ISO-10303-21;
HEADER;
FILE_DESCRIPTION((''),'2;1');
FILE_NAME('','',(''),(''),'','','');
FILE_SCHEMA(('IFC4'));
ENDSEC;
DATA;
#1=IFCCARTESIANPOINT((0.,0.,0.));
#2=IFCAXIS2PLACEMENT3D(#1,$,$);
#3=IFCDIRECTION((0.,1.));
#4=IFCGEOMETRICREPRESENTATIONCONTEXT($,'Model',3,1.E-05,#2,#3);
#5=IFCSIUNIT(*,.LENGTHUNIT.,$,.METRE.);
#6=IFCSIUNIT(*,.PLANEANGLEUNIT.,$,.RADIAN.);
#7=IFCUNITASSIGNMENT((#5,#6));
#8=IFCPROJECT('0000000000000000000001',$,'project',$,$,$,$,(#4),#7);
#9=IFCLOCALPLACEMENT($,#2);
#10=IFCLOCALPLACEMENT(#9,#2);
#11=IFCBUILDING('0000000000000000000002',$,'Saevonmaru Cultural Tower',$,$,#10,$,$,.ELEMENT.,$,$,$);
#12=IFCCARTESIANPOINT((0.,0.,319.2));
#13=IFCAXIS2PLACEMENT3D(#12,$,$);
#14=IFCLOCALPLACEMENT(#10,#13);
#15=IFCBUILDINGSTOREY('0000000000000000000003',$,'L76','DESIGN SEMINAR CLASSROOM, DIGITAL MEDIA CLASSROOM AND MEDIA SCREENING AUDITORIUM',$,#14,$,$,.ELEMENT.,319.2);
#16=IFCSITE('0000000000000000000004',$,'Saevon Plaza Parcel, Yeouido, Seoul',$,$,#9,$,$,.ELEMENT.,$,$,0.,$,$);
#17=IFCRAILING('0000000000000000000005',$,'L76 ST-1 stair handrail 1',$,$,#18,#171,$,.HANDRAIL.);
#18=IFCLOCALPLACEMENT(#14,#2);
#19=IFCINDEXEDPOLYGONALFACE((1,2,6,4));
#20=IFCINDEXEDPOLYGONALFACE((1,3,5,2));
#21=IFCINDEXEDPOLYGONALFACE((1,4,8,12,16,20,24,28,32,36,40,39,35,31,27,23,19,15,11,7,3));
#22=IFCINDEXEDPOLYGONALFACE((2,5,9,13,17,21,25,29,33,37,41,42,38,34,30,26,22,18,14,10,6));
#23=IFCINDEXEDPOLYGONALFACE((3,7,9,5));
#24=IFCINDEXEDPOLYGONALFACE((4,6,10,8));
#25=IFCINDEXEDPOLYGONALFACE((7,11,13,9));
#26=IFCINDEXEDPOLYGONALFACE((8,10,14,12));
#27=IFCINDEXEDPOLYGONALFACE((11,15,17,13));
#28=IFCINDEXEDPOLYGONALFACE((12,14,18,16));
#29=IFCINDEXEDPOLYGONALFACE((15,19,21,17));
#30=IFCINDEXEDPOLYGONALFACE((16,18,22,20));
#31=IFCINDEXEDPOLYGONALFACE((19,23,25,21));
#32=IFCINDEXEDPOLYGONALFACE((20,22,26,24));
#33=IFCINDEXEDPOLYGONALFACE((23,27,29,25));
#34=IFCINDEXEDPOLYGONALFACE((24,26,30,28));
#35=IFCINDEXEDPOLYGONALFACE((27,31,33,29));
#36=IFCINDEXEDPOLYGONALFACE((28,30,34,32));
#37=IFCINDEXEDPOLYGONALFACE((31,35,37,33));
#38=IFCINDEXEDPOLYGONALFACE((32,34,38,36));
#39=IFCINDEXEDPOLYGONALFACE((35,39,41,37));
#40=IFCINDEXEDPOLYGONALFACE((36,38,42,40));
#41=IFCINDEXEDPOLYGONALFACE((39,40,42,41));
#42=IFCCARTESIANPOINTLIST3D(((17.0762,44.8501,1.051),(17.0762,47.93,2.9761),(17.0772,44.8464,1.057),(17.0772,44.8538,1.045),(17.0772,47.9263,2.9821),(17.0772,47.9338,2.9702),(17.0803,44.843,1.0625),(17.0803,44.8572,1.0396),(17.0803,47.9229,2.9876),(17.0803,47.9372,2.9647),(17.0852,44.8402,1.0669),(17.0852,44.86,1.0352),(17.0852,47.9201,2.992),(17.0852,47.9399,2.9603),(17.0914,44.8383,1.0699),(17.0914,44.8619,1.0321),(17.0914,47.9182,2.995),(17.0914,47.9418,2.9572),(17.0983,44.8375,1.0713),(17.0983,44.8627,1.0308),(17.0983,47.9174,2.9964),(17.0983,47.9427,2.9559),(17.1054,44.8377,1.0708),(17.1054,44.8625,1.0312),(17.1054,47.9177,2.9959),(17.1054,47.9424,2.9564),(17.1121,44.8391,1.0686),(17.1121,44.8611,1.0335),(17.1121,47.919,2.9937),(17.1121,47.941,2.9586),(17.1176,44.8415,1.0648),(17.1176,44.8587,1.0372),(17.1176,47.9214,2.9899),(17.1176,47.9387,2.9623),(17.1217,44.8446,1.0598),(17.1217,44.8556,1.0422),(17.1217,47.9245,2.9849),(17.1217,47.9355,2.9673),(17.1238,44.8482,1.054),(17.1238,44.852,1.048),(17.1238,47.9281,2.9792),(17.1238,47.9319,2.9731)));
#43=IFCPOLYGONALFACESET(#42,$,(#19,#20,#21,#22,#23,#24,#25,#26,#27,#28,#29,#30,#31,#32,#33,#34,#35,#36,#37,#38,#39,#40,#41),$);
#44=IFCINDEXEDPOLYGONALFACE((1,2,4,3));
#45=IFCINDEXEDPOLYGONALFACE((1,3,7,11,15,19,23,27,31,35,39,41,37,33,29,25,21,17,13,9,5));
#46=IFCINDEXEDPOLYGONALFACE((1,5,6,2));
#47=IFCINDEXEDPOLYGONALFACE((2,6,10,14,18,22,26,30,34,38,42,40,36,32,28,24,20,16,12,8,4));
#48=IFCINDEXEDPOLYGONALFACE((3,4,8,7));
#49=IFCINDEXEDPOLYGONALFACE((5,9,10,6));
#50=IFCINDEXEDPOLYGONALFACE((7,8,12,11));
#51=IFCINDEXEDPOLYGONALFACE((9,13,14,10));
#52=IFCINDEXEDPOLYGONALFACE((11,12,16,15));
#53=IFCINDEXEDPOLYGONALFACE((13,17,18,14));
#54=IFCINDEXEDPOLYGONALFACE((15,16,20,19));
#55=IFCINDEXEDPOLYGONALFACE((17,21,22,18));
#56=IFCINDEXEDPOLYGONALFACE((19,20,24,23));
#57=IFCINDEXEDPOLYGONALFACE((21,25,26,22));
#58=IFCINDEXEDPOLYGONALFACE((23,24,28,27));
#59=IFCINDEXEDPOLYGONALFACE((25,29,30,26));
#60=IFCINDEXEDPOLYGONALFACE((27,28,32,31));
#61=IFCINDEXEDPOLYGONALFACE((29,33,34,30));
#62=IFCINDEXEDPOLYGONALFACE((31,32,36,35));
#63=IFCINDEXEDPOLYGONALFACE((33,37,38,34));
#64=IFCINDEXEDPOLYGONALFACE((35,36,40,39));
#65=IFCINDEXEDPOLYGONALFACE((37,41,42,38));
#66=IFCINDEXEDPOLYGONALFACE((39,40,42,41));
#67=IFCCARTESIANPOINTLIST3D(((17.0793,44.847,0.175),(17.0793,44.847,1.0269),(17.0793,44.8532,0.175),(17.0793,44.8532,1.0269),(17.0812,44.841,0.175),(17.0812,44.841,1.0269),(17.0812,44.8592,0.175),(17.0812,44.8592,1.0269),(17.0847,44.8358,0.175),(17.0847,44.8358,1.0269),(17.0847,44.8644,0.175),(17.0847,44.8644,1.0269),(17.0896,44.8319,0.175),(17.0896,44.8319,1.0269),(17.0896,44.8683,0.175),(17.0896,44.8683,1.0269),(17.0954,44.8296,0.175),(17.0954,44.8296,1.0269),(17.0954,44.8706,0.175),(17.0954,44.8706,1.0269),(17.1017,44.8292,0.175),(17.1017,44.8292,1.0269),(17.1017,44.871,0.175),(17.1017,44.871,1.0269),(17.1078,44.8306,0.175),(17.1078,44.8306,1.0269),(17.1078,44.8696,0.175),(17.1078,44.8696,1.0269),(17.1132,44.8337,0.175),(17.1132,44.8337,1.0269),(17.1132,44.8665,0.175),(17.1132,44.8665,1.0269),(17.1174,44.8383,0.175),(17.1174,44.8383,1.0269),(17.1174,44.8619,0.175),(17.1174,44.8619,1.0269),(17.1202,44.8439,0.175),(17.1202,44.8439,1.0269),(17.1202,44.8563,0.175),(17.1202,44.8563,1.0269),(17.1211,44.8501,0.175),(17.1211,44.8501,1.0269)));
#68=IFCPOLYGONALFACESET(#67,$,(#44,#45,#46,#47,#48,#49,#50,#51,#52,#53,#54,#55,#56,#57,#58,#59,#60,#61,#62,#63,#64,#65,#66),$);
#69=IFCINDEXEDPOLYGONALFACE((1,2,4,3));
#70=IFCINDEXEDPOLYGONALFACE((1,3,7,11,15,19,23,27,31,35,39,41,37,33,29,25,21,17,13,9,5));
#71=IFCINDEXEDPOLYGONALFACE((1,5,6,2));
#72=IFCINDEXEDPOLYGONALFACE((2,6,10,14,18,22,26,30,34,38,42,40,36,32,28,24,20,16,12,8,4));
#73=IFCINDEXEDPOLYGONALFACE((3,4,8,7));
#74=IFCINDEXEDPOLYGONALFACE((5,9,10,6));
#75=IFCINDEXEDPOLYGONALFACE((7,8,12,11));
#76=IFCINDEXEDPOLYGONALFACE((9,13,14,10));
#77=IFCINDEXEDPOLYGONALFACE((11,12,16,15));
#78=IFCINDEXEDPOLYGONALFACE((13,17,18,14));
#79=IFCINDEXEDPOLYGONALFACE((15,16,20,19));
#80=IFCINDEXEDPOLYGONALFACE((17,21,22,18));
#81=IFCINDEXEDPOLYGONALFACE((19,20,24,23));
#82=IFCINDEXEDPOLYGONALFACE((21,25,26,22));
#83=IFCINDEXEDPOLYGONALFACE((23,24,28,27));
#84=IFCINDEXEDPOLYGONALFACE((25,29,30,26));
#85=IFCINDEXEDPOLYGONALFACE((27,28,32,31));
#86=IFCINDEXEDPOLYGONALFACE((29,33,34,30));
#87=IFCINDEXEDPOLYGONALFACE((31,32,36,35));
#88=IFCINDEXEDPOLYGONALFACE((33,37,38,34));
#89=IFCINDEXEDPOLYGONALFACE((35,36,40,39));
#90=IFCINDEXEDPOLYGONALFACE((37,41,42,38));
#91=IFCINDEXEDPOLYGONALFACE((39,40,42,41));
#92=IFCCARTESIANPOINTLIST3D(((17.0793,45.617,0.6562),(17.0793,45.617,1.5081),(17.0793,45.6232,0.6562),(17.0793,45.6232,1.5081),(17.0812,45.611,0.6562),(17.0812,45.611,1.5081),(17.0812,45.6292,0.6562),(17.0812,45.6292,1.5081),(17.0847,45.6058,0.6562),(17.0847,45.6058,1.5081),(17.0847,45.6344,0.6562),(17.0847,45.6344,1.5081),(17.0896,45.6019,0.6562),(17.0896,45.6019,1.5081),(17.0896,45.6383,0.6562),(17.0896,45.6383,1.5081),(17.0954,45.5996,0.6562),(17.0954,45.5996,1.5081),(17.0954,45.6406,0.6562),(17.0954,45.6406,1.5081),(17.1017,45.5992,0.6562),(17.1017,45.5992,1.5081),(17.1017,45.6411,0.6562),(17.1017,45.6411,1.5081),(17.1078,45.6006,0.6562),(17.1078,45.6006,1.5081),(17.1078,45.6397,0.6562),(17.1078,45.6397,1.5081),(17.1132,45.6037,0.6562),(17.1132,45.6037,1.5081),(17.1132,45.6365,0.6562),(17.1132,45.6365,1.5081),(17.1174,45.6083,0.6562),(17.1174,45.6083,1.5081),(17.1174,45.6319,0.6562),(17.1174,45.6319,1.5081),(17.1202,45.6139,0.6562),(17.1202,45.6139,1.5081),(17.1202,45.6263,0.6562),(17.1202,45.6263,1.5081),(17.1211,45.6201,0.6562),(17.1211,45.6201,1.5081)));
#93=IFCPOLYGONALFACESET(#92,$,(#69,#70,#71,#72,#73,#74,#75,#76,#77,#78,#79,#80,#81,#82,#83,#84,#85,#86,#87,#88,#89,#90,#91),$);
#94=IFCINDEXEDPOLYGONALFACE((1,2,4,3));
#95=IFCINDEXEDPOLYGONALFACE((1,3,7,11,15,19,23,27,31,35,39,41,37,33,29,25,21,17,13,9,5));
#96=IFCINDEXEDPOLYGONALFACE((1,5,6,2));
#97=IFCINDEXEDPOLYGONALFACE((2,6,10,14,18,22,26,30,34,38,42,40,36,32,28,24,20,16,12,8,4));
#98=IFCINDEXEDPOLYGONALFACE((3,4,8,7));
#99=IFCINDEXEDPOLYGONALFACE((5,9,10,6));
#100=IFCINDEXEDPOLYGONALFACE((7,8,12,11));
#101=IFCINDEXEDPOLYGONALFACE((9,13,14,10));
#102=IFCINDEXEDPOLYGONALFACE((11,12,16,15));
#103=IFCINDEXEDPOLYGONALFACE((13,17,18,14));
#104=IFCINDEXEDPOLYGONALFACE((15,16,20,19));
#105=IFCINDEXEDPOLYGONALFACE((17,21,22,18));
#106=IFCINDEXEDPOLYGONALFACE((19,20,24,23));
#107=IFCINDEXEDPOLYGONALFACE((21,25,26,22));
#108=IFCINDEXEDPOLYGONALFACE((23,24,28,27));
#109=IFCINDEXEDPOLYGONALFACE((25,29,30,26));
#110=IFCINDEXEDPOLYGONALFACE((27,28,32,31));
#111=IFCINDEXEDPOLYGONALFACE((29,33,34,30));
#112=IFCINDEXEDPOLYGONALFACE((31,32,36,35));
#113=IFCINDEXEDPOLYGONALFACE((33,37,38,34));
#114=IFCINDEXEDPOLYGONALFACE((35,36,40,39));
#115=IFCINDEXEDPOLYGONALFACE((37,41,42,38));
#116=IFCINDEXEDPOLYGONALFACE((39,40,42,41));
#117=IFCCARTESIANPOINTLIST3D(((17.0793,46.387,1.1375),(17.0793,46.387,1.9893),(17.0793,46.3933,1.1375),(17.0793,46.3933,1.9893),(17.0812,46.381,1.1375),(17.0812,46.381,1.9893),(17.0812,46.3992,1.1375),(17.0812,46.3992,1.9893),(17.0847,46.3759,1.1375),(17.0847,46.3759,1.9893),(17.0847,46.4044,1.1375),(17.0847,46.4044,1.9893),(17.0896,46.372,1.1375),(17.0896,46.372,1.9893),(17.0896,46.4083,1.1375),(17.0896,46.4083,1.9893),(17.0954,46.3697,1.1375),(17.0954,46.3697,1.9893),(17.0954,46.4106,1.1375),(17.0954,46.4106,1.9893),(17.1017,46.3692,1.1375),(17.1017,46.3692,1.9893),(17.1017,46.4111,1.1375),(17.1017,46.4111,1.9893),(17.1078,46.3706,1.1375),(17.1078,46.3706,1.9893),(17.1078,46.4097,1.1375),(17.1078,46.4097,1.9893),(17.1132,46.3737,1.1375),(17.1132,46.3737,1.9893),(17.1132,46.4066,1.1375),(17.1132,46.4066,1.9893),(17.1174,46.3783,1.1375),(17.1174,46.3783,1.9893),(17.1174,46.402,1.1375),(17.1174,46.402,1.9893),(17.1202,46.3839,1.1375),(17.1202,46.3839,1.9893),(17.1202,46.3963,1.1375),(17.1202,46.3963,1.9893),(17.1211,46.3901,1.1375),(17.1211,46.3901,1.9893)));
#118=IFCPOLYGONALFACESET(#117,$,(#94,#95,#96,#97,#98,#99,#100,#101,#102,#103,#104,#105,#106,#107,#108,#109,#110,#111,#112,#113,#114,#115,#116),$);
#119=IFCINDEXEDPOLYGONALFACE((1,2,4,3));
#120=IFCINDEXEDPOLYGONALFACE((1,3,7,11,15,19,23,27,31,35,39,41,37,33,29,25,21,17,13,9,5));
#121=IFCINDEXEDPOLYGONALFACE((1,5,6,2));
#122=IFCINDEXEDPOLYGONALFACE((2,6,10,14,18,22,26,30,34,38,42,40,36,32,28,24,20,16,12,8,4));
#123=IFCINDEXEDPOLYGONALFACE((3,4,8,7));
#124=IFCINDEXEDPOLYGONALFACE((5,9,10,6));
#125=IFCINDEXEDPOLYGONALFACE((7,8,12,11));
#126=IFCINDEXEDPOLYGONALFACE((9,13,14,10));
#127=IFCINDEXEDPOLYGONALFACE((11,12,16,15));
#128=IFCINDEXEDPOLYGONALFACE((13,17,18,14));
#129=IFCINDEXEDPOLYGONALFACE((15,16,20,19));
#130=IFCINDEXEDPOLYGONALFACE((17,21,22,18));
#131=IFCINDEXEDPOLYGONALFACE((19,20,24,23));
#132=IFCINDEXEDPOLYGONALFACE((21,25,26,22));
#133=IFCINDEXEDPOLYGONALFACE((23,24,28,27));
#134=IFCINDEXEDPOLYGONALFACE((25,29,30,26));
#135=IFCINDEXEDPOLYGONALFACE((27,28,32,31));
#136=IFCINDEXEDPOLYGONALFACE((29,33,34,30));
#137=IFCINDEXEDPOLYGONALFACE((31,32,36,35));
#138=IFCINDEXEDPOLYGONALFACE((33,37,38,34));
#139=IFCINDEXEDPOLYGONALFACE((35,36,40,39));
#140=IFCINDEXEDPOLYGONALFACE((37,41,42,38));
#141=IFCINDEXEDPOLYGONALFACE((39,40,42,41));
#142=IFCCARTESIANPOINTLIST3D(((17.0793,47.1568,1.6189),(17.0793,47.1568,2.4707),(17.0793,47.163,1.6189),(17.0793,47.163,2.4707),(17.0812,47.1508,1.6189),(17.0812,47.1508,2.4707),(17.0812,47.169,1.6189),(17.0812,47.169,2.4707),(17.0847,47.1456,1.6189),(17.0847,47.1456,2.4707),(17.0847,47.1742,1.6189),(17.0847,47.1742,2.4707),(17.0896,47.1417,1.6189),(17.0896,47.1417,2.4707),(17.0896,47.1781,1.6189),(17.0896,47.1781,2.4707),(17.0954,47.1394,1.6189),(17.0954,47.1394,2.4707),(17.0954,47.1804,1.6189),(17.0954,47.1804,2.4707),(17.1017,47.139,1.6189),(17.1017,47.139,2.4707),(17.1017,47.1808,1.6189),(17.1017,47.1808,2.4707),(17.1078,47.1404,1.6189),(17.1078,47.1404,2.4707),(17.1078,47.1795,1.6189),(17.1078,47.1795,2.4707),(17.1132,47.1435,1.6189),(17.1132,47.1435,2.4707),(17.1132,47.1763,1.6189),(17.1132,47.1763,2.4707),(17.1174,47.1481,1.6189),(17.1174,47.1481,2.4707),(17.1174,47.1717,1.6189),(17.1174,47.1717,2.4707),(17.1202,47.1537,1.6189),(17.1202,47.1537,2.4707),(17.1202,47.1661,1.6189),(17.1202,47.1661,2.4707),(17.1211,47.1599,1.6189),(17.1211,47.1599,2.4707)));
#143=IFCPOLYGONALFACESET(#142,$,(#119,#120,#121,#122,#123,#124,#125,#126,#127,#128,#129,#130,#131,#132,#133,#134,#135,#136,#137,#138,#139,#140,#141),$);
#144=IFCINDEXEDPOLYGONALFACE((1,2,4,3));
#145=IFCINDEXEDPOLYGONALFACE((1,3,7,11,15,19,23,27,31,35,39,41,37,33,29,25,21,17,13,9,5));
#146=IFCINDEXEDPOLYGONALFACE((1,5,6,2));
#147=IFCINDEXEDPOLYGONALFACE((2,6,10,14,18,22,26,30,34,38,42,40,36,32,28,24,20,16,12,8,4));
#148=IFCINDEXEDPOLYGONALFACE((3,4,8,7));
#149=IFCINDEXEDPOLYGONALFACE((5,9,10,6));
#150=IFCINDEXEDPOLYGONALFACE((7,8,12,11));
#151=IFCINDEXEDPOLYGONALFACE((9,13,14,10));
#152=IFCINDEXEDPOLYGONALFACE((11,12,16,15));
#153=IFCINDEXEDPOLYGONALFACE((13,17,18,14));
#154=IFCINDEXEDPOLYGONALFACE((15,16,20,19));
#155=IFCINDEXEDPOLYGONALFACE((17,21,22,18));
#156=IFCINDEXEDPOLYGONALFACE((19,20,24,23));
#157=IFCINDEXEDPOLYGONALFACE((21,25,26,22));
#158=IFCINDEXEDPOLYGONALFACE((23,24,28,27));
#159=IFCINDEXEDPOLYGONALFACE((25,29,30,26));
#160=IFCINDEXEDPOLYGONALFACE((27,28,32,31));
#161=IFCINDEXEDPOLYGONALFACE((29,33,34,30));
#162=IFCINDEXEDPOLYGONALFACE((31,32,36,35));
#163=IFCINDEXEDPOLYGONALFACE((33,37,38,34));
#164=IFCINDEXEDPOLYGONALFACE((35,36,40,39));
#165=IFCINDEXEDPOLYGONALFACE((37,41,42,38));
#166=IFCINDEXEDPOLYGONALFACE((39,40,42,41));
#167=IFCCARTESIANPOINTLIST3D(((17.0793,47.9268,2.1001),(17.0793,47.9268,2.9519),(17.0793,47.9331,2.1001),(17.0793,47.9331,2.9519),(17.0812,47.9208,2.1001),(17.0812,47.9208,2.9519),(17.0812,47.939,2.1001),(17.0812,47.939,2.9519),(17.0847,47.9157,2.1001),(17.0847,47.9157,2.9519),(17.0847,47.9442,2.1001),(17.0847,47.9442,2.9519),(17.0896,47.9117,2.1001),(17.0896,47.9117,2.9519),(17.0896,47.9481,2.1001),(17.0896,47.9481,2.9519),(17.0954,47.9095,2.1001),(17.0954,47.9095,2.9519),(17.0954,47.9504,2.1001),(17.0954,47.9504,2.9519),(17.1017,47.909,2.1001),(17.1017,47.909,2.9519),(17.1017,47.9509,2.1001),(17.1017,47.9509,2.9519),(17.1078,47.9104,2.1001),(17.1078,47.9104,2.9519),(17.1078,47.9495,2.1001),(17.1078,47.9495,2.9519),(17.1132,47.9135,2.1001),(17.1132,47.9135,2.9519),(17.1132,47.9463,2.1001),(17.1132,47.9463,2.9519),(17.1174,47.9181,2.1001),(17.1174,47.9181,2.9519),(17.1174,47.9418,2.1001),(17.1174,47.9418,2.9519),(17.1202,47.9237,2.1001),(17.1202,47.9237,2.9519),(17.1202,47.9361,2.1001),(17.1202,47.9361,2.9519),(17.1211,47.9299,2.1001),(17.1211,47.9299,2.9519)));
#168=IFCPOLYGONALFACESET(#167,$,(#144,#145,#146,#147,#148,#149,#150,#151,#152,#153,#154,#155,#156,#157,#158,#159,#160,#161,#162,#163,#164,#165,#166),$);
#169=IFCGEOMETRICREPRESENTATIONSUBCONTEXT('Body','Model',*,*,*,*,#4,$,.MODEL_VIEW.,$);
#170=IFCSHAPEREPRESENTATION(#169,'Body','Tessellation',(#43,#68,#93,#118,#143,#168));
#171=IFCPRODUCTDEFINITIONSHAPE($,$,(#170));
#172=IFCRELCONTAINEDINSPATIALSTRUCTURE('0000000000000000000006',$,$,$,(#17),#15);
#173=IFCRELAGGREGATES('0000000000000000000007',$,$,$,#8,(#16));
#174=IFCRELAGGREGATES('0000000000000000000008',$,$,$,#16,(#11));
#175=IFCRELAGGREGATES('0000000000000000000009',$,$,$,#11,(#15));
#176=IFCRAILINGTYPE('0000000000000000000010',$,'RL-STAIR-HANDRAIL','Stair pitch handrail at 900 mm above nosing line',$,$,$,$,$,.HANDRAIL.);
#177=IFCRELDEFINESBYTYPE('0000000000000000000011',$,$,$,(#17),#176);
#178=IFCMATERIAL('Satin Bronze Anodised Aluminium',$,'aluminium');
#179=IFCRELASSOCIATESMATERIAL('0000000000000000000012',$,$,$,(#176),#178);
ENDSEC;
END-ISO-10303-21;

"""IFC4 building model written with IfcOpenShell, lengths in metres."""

from ifc_helpers import new_model, si_unit, direction, frame, origin, origin_2d, place, context, subcontext, project, spatial, circle, extrude, material, type_object, element, save


model = new_model("IFC4")

# Units and contexts
model_context = context("Model", 3, precision=1e-05, world=origin(), true_north=direction((0.0, 1.0)))
body_context = subcontext(model_context, "Body", "Model", "MODEL_VIEW")
ifc_project = project(units=[si_unit("LENGTHUNIT", "METRE"), si_unit("PLANEANGLEUNIT", "RADIAN")], contexts=[model_context])

# Site, building, storey
site_placement = place(None, origin())
site = spatial("IfcSite", under=ifc_project, at=site_placement, Name="Saevon Plaza Parcel, Yeouido, Seoul", CompositionType="ELEMENT", RefElevation=0.0)
building_placement = place(site_placement, origin())
building = spatial("IfcBuilding", under=site, at=building_placement, Name="Saevonmaru Cultural Tower", CompositionType="ELEMENT")
storey_placement = place(building_placement, frame((0.0, 0.0, 319.2)))
storey = spatial("IfcBuildingStorey", under=building, at=storey_placement, Name="L76", Description="DESIGN SEMINAR CLASSROOM, DIGITAL MEDIA CLASSROOM AND MEDIA SCREENING AUDITORIUM", CompositionType="ELEMENT", Elevation=319.2)

# Shared definitions
ifc_material_1 = material(Name="Satin Bronze Anodised Aluminium", Category="aluminium")

# Railing
railing_type_1 = type_object("IfcRailingType", Name="RL-STAIR-HANDRAIL", Description="Stair pitch handrail at 900 mm above nosing line", PredefinedType="HANDRAIL", material=ifc_material_1)
railing_1_placement = place(storey_placement, frame((17.1001, 44.8501, 0.175)))
element("IfcRailing", 1, at=railing_1_placement, inside=storey, type_object=railing_type_1, Name="L76 ST-1 stair handrail 1", PredefinedType="HANDRAIL", context=body_context, shape_type="SweptSolid", body=[
    extrude(circle(Radius=0.0239, at=origin_2d()), frame((0.0, 0.0, 0.876), z_axis=(0.0, 0.847979, 0.530029), x_axis=(-1.0, 0.0, 0.0)), (0.0, 0.0, 1.0), 3.6321),
    extrude(circle(Radius=0.021, at=origin_2d()), origin(), (0.0, 0.0, 1.0), 0.8518),
    extrude(circle(Radius=0.021, at=origin_2d()), frame((0.0, 0.77, 0.4812)), (0.0, 0.0, 1.0), 0.8518),
    extrude(circle(Radius=0.021, at=origin_2d()), frame((0.0, 1.54, 0.9624)), (0.0, 0.0, 1.0), 0.8518),
    extrude(circle(Radius=0.021, at=origin_2d()), frame((0.0, 2.3098, 1.4438)), (0.0, 0.0, 1.0), 0.8518),
    extrude(circle(Radius=0.021, at=origin_2d()), frame((0.0, 3.0798, 1.925)), (0.0, 0.0, 1.0), 0.8518),
])

save(model, "model.ifc")
